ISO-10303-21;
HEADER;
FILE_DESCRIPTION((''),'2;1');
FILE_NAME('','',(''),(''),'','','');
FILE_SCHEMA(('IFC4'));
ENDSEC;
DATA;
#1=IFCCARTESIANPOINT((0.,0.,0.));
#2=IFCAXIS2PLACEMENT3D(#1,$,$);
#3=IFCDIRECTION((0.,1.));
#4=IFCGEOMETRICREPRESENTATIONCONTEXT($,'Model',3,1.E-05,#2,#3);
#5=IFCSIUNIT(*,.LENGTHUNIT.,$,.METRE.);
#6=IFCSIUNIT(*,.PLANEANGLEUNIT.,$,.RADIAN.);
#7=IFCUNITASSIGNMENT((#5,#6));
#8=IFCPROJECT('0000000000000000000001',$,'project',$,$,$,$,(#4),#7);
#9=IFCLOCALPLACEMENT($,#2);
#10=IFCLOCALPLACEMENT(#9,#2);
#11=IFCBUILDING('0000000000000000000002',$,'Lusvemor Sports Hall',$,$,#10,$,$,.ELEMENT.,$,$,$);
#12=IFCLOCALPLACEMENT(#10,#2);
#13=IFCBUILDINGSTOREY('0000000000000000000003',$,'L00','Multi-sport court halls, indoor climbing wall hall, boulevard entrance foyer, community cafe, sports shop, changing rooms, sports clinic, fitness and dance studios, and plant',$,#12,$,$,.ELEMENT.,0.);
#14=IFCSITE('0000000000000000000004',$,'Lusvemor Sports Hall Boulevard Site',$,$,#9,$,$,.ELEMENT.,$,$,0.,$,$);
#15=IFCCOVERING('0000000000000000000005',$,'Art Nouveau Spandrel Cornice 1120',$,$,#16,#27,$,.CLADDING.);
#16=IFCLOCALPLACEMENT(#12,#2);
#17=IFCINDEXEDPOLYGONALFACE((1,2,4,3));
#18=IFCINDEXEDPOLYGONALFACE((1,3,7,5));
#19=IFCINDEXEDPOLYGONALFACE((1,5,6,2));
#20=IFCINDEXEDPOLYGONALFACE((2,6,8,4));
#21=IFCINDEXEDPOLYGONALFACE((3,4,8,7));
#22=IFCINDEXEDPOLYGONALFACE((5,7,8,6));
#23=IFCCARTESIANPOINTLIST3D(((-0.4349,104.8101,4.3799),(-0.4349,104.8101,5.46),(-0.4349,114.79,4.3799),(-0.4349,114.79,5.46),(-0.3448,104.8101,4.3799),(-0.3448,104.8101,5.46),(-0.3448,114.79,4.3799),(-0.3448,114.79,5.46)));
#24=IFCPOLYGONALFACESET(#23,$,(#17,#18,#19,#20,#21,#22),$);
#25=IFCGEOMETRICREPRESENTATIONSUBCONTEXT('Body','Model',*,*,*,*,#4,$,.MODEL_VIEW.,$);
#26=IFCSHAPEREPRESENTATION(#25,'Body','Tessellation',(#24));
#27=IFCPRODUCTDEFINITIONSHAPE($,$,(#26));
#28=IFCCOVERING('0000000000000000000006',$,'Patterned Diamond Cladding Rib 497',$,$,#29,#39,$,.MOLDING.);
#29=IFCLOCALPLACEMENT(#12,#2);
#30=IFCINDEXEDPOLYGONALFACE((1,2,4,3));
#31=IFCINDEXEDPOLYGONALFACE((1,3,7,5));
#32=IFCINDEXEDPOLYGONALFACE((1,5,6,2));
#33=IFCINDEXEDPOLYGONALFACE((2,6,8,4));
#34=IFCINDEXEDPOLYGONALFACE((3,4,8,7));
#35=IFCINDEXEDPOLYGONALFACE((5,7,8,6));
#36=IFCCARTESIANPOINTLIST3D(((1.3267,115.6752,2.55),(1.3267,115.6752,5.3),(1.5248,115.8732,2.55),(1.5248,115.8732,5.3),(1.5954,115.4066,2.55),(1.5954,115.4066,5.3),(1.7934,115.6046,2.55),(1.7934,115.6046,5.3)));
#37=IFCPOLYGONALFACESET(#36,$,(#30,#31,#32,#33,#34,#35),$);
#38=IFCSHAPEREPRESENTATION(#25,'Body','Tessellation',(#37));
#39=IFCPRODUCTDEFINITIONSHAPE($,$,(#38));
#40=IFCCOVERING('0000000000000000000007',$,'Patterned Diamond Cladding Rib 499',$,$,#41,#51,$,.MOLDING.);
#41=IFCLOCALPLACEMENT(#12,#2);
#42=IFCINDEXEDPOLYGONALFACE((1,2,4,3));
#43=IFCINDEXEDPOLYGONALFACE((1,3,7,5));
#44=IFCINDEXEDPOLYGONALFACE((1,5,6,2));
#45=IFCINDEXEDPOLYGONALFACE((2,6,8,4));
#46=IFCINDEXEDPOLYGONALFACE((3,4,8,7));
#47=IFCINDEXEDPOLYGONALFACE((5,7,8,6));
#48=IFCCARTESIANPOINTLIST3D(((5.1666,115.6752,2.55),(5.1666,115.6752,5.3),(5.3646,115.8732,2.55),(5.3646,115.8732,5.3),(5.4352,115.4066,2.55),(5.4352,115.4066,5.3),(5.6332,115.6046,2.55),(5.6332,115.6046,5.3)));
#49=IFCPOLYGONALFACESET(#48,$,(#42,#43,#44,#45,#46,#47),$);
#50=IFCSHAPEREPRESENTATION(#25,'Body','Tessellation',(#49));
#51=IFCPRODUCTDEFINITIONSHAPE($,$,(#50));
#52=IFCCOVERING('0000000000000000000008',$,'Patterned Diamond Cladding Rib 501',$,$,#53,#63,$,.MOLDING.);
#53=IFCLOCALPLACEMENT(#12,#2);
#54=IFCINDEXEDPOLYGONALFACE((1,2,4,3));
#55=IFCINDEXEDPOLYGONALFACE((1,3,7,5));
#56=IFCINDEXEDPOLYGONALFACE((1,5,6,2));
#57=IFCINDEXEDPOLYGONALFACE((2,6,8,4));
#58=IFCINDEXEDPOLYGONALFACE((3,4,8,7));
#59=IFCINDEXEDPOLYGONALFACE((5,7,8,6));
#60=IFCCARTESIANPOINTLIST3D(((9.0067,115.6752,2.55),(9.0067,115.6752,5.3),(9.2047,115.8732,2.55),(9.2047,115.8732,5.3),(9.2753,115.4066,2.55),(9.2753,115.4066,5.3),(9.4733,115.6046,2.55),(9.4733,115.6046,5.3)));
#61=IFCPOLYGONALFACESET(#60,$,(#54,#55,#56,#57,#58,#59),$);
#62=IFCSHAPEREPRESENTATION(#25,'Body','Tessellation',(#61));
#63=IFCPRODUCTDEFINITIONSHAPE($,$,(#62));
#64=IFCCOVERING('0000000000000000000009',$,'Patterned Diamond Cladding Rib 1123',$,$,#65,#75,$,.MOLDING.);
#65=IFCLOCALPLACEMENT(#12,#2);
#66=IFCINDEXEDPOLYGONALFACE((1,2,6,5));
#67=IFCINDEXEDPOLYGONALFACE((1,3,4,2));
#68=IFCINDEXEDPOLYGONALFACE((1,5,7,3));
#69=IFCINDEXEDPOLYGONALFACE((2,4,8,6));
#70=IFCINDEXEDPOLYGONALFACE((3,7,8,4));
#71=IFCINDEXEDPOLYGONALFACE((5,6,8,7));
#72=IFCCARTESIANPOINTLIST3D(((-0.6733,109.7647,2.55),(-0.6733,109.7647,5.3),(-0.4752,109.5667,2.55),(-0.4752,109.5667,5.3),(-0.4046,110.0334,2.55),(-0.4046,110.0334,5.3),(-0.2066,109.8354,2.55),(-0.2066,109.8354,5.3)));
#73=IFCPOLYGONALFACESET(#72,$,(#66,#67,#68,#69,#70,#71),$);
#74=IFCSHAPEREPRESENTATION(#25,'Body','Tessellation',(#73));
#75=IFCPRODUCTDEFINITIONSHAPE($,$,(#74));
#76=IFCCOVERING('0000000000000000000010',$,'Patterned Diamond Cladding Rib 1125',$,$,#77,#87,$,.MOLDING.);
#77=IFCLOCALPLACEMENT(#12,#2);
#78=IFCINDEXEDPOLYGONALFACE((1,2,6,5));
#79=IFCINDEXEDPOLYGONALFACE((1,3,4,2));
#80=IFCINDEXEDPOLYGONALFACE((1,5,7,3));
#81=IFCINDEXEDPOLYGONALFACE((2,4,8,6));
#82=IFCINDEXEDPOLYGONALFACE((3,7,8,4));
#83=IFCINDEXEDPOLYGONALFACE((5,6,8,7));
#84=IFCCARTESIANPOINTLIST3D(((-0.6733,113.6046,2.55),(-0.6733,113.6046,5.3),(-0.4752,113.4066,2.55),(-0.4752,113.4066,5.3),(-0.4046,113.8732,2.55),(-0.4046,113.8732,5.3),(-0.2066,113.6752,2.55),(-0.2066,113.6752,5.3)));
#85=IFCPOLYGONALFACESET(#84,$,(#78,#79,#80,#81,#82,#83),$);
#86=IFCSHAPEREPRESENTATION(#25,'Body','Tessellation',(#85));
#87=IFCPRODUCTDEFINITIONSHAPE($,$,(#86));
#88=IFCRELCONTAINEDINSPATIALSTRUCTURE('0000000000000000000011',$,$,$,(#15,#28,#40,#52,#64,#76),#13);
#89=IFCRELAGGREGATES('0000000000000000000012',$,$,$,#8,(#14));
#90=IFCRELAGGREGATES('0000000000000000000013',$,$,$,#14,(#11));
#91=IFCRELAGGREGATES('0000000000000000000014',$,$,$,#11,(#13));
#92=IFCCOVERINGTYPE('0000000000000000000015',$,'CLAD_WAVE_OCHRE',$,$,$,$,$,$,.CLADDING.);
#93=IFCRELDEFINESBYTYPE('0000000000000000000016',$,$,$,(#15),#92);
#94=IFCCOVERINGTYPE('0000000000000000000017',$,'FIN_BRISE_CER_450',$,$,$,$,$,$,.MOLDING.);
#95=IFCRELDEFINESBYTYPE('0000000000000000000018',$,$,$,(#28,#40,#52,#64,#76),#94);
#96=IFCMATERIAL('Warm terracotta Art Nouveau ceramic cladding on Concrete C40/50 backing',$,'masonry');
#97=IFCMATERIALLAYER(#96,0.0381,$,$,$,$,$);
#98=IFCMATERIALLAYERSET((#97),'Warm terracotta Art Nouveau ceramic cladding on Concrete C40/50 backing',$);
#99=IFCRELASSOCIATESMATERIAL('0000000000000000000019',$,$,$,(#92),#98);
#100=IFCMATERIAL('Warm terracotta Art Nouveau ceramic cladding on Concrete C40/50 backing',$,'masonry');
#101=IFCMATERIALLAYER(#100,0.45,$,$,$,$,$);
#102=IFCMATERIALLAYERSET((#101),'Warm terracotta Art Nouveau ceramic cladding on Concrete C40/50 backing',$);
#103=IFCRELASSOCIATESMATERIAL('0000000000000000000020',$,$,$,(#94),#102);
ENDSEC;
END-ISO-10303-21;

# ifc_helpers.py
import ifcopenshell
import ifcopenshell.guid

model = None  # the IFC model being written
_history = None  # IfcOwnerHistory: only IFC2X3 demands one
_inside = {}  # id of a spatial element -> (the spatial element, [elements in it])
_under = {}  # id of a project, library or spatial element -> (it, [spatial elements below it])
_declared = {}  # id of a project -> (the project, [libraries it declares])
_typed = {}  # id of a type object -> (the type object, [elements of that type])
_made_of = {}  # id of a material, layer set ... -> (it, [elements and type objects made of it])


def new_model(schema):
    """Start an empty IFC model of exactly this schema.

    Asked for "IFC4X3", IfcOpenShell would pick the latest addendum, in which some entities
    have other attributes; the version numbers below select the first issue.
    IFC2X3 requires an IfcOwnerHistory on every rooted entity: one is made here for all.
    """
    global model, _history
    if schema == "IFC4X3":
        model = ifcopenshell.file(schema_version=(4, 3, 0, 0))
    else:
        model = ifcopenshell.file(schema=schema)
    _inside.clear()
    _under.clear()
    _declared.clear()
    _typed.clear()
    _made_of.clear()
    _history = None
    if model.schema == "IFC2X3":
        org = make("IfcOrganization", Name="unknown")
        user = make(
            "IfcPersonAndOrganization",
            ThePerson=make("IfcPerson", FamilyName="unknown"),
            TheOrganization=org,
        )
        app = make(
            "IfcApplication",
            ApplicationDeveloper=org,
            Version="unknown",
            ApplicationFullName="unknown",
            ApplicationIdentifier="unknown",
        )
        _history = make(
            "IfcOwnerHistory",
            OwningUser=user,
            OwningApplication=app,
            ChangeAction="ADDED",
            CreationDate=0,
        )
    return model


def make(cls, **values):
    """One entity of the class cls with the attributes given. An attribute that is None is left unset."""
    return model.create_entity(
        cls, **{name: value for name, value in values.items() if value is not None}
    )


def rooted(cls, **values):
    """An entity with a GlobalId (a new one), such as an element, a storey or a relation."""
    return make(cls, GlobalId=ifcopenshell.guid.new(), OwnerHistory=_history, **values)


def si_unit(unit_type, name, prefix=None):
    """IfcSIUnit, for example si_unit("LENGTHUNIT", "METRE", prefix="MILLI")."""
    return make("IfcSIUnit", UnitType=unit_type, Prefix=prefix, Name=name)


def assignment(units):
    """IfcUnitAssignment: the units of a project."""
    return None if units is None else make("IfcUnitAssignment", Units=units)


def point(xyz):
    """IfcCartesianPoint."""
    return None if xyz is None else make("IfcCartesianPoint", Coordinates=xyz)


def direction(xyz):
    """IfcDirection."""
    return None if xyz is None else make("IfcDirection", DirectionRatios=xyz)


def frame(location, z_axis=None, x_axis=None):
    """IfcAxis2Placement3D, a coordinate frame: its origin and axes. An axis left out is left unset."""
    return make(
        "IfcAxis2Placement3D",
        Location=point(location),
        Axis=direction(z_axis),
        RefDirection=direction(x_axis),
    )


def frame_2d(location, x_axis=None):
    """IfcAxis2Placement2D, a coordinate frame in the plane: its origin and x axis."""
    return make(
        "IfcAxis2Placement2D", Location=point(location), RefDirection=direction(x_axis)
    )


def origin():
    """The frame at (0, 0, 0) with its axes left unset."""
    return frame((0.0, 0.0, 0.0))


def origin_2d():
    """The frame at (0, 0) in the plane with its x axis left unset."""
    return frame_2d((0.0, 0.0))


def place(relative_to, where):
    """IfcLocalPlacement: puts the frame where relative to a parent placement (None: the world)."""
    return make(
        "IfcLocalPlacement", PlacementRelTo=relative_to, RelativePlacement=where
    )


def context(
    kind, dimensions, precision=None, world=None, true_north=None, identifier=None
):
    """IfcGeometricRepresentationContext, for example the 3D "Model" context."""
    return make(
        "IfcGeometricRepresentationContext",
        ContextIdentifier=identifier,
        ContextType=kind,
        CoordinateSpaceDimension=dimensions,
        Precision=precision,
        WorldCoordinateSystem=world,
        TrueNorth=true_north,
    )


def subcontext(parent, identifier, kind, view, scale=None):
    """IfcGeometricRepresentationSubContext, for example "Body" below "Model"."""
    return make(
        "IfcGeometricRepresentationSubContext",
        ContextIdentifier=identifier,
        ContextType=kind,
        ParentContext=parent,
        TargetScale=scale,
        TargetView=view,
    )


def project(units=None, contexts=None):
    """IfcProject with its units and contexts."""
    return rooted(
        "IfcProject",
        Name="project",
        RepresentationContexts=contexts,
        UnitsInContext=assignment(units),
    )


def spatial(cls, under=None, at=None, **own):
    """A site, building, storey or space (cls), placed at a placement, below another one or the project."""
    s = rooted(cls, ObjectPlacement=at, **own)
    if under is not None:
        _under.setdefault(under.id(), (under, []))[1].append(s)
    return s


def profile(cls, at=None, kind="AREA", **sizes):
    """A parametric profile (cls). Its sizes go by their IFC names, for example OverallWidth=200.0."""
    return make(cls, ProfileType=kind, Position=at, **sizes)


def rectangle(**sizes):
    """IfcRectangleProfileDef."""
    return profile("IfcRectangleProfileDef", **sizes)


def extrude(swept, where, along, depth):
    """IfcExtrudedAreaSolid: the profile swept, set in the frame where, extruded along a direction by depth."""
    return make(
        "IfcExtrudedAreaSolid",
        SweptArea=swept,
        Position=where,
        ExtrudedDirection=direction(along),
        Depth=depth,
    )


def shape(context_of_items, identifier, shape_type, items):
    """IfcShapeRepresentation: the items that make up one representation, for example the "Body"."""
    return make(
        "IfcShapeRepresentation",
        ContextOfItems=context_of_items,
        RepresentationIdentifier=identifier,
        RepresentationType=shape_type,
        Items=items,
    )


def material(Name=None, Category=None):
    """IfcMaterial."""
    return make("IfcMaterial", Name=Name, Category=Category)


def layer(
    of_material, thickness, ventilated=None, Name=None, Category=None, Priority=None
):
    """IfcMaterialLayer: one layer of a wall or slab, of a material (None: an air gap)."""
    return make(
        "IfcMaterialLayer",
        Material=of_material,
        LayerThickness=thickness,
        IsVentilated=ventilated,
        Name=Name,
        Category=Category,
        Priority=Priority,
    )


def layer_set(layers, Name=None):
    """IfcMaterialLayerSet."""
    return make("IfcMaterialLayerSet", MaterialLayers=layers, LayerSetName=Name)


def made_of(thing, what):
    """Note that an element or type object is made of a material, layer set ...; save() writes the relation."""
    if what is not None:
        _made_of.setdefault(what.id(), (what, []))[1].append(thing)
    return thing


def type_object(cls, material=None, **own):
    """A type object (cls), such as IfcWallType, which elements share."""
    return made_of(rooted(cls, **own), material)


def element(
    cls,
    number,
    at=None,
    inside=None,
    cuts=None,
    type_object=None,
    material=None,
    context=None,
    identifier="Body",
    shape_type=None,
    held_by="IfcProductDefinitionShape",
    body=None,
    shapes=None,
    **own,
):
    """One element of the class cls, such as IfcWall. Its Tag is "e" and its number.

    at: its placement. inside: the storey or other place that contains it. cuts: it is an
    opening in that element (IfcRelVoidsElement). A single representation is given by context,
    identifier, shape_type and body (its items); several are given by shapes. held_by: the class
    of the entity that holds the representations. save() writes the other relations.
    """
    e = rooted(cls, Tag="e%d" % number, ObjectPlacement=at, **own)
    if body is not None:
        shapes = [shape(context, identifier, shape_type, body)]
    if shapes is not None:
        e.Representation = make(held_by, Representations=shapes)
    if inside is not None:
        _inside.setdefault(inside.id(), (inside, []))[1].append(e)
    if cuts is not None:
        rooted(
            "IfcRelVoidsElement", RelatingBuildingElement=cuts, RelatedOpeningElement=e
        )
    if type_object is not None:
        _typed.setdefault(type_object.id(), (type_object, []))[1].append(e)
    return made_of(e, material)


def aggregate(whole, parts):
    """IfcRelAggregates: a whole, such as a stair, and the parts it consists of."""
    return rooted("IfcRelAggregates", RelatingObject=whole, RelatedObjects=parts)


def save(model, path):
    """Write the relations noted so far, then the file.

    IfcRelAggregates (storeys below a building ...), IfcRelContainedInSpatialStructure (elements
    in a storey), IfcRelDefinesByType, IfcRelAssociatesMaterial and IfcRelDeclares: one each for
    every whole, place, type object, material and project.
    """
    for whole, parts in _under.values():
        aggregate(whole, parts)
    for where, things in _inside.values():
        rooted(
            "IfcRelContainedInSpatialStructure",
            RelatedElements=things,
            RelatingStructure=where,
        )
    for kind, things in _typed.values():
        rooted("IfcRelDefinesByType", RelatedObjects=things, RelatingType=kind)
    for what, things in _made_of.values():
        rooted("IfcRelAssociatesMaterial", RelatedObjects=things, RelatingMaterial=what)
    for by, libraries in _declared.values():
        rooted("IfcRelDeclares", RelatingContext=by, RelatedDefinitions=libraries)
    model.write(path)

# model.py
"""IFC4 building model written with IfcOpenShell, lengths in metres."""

from ifc_helpers import new_model, si_unit, direction, frame, origin, origin_2d, place, context, subcontext, project, spatial, rectangle, extrude, material, layer, layer_set, type_object, element, save


model = new_model("IFC4")

# Units and contexts
model_context = context("Model", 3, precision=1e-05, world=origin(), true_north=direction((0.0, 1.0)))
body_context = subcontext(model_context, "Body", "Model", "MODEL_VIEW")
ifc_project = project(units=[si_unit("LENGTHUNIT", "METRE"), si_unit("PLANEANGLEUNIT", "RADIAN")], contexts=[model_context])

# Site, building, storey
site_placement = place(None, origin())
site = spatial("IfcSite", under=ifc_project, at=site_placement, Name="Lusvemor Sports Hall Boulevard Site", CompositionType="ELEMENT", RefElevation=0.0)
building_placement = place(site_placement, origin())
building = spatial("IfcBuilding", under=site, at=building_placement, Name="Lusvemor Sports Hall", CompositionType="ELEMENT")
storey_placement = place(building_placement, origin())
storey = spatial("IfcBuildingStorey", under=building, at=storey_placement, Name="L00", Description="Multi-sport court halls, indoor climbing wall hall, boulevard entrance foyer, community cafe, sports shop, changing rooms, sports clinic, fitness and dance studios, and plant", CompositionType="ELEMENT", Elevation=0.0)

# Coverings
ifc_material_1 = material(Name="Warm terracotta Art Nouveau ceramic cladding on Concrete C40/50 backing", Category="masonry")
ifc_layer_1 = layer(ifc_material_1, 0.0381)
ifc_layer_set_1 = layer_set([ifc_layer_1], Name="Warm terracotta Art Nouveau ceramic cladding on Concrete C40/50 backing")
covering_type_1 = type_object("IfcCoveringType", Name="CLAD_WAVE_OCHRE", PredefinedType="CLADDING", material=ifc_layer_set_1)
covering_1_placement = place(storey_placement, frame((-0.3899, 109.8, 4.3799), z_axis=(0.0, 0.0, 1.0), x_axis=(1.0, 0.0, 0.0)))
element("IfcCovering", 1, at=covering_1_placement, inside=storey, type_object=covering_type_1, Name="Art Nouveau Spandrel Cornice 1120", PredefinedType="CLADDING", context=body_context, shape_type="SweptSolid", body=[
    extrude(rectangle(XDim=0.0901, YDim=9.98, at=origin_2d()), origin(), (0.0, 0.0, 1.0), 1.0801),
])
ifc_material_2 = material(Name="Warm terracotta Art Nouveau ceramic cladding on Concrete C40/50 backing", Category="masonry")
ifc_layer_2 = layer(ifc_material_2, 0.45)
ifc_layer_set_2 = layer_set([ifc_layer_2], Name="Warm terracotta Art Nouveau ceramic cladding on Concrete C40/50 backing")
covering_type_2 = type_object("IfcCoveringType", Name="FIN_BRISE_CER_450", PredefinedType="MOLDING", material=ifc_layer_set_2)
for number, where, z_axis, x_axis, name in (
    (2, (1.5601, 115.6399, 2.55), (0.0, 0.0, 1.0), (0.707107, 0.707107, 0.0), "Patterned Diamond Cladding Rib 497"),
    (3, (5.3999, 115.6399, 2.55), (0.0, 0.0, 1.0), (0.707107, 0.707107, 0.0), "Patterned Diamond Cladding Rib 499"),
    (4, (9.24, 115.6399, 2.55), (0.0, 0.0, 1.0), (0.707107, 0.707107, 0.0), "Patterned Diamond Cladding Rib 501"),
):
    element("IfcCovering", number, at=place(storey_placement, frame(where, z_axis=z_axis, x_axis=x_axis)), inside=storey, type_object=covering_type_2, Name=name, PredefinedType="MOLDING", context=body_context, shape_type="SweptSolid", body=[
        extrude(rectangle(XDim=0.28, YDim=0.3799, at=origin_2d()), origin(), (0.0, 0.0, 1.0), 2.75),
    ])
for number, where, z_axis, x_axis, name in (
    (5, (-0.4399, 109.8, 2.55), (0.0, 0.0, 1.0), (0.707107, 0.707107, 0.0), "Patterned Diamond Cladding Rib 1123"),
    (6, (-0.4399, 113.6399, 2.55), (0.0, 0.0, 1.0), (0.707107, 0.707107, 0.0), "Patterned Diamond Cladding Rib 1125"),
):
    element("IfcCovering", number, at=place(storey_placement, frame(where, z_axis=z_axis, x_axis=x_axis)), inside=storey, type_object=covering_type_2, Name=name, PredefinedType="MOLDING", context=body_context, shape_type="SweptSolid", body=[
        extrude(rectangle(XDim=0.3799, YDim=0.28, at=origin_2d()), origin(), (0.0, 0.0, 1.0), 2.75),
    ])

save(model, "model.ifc")
